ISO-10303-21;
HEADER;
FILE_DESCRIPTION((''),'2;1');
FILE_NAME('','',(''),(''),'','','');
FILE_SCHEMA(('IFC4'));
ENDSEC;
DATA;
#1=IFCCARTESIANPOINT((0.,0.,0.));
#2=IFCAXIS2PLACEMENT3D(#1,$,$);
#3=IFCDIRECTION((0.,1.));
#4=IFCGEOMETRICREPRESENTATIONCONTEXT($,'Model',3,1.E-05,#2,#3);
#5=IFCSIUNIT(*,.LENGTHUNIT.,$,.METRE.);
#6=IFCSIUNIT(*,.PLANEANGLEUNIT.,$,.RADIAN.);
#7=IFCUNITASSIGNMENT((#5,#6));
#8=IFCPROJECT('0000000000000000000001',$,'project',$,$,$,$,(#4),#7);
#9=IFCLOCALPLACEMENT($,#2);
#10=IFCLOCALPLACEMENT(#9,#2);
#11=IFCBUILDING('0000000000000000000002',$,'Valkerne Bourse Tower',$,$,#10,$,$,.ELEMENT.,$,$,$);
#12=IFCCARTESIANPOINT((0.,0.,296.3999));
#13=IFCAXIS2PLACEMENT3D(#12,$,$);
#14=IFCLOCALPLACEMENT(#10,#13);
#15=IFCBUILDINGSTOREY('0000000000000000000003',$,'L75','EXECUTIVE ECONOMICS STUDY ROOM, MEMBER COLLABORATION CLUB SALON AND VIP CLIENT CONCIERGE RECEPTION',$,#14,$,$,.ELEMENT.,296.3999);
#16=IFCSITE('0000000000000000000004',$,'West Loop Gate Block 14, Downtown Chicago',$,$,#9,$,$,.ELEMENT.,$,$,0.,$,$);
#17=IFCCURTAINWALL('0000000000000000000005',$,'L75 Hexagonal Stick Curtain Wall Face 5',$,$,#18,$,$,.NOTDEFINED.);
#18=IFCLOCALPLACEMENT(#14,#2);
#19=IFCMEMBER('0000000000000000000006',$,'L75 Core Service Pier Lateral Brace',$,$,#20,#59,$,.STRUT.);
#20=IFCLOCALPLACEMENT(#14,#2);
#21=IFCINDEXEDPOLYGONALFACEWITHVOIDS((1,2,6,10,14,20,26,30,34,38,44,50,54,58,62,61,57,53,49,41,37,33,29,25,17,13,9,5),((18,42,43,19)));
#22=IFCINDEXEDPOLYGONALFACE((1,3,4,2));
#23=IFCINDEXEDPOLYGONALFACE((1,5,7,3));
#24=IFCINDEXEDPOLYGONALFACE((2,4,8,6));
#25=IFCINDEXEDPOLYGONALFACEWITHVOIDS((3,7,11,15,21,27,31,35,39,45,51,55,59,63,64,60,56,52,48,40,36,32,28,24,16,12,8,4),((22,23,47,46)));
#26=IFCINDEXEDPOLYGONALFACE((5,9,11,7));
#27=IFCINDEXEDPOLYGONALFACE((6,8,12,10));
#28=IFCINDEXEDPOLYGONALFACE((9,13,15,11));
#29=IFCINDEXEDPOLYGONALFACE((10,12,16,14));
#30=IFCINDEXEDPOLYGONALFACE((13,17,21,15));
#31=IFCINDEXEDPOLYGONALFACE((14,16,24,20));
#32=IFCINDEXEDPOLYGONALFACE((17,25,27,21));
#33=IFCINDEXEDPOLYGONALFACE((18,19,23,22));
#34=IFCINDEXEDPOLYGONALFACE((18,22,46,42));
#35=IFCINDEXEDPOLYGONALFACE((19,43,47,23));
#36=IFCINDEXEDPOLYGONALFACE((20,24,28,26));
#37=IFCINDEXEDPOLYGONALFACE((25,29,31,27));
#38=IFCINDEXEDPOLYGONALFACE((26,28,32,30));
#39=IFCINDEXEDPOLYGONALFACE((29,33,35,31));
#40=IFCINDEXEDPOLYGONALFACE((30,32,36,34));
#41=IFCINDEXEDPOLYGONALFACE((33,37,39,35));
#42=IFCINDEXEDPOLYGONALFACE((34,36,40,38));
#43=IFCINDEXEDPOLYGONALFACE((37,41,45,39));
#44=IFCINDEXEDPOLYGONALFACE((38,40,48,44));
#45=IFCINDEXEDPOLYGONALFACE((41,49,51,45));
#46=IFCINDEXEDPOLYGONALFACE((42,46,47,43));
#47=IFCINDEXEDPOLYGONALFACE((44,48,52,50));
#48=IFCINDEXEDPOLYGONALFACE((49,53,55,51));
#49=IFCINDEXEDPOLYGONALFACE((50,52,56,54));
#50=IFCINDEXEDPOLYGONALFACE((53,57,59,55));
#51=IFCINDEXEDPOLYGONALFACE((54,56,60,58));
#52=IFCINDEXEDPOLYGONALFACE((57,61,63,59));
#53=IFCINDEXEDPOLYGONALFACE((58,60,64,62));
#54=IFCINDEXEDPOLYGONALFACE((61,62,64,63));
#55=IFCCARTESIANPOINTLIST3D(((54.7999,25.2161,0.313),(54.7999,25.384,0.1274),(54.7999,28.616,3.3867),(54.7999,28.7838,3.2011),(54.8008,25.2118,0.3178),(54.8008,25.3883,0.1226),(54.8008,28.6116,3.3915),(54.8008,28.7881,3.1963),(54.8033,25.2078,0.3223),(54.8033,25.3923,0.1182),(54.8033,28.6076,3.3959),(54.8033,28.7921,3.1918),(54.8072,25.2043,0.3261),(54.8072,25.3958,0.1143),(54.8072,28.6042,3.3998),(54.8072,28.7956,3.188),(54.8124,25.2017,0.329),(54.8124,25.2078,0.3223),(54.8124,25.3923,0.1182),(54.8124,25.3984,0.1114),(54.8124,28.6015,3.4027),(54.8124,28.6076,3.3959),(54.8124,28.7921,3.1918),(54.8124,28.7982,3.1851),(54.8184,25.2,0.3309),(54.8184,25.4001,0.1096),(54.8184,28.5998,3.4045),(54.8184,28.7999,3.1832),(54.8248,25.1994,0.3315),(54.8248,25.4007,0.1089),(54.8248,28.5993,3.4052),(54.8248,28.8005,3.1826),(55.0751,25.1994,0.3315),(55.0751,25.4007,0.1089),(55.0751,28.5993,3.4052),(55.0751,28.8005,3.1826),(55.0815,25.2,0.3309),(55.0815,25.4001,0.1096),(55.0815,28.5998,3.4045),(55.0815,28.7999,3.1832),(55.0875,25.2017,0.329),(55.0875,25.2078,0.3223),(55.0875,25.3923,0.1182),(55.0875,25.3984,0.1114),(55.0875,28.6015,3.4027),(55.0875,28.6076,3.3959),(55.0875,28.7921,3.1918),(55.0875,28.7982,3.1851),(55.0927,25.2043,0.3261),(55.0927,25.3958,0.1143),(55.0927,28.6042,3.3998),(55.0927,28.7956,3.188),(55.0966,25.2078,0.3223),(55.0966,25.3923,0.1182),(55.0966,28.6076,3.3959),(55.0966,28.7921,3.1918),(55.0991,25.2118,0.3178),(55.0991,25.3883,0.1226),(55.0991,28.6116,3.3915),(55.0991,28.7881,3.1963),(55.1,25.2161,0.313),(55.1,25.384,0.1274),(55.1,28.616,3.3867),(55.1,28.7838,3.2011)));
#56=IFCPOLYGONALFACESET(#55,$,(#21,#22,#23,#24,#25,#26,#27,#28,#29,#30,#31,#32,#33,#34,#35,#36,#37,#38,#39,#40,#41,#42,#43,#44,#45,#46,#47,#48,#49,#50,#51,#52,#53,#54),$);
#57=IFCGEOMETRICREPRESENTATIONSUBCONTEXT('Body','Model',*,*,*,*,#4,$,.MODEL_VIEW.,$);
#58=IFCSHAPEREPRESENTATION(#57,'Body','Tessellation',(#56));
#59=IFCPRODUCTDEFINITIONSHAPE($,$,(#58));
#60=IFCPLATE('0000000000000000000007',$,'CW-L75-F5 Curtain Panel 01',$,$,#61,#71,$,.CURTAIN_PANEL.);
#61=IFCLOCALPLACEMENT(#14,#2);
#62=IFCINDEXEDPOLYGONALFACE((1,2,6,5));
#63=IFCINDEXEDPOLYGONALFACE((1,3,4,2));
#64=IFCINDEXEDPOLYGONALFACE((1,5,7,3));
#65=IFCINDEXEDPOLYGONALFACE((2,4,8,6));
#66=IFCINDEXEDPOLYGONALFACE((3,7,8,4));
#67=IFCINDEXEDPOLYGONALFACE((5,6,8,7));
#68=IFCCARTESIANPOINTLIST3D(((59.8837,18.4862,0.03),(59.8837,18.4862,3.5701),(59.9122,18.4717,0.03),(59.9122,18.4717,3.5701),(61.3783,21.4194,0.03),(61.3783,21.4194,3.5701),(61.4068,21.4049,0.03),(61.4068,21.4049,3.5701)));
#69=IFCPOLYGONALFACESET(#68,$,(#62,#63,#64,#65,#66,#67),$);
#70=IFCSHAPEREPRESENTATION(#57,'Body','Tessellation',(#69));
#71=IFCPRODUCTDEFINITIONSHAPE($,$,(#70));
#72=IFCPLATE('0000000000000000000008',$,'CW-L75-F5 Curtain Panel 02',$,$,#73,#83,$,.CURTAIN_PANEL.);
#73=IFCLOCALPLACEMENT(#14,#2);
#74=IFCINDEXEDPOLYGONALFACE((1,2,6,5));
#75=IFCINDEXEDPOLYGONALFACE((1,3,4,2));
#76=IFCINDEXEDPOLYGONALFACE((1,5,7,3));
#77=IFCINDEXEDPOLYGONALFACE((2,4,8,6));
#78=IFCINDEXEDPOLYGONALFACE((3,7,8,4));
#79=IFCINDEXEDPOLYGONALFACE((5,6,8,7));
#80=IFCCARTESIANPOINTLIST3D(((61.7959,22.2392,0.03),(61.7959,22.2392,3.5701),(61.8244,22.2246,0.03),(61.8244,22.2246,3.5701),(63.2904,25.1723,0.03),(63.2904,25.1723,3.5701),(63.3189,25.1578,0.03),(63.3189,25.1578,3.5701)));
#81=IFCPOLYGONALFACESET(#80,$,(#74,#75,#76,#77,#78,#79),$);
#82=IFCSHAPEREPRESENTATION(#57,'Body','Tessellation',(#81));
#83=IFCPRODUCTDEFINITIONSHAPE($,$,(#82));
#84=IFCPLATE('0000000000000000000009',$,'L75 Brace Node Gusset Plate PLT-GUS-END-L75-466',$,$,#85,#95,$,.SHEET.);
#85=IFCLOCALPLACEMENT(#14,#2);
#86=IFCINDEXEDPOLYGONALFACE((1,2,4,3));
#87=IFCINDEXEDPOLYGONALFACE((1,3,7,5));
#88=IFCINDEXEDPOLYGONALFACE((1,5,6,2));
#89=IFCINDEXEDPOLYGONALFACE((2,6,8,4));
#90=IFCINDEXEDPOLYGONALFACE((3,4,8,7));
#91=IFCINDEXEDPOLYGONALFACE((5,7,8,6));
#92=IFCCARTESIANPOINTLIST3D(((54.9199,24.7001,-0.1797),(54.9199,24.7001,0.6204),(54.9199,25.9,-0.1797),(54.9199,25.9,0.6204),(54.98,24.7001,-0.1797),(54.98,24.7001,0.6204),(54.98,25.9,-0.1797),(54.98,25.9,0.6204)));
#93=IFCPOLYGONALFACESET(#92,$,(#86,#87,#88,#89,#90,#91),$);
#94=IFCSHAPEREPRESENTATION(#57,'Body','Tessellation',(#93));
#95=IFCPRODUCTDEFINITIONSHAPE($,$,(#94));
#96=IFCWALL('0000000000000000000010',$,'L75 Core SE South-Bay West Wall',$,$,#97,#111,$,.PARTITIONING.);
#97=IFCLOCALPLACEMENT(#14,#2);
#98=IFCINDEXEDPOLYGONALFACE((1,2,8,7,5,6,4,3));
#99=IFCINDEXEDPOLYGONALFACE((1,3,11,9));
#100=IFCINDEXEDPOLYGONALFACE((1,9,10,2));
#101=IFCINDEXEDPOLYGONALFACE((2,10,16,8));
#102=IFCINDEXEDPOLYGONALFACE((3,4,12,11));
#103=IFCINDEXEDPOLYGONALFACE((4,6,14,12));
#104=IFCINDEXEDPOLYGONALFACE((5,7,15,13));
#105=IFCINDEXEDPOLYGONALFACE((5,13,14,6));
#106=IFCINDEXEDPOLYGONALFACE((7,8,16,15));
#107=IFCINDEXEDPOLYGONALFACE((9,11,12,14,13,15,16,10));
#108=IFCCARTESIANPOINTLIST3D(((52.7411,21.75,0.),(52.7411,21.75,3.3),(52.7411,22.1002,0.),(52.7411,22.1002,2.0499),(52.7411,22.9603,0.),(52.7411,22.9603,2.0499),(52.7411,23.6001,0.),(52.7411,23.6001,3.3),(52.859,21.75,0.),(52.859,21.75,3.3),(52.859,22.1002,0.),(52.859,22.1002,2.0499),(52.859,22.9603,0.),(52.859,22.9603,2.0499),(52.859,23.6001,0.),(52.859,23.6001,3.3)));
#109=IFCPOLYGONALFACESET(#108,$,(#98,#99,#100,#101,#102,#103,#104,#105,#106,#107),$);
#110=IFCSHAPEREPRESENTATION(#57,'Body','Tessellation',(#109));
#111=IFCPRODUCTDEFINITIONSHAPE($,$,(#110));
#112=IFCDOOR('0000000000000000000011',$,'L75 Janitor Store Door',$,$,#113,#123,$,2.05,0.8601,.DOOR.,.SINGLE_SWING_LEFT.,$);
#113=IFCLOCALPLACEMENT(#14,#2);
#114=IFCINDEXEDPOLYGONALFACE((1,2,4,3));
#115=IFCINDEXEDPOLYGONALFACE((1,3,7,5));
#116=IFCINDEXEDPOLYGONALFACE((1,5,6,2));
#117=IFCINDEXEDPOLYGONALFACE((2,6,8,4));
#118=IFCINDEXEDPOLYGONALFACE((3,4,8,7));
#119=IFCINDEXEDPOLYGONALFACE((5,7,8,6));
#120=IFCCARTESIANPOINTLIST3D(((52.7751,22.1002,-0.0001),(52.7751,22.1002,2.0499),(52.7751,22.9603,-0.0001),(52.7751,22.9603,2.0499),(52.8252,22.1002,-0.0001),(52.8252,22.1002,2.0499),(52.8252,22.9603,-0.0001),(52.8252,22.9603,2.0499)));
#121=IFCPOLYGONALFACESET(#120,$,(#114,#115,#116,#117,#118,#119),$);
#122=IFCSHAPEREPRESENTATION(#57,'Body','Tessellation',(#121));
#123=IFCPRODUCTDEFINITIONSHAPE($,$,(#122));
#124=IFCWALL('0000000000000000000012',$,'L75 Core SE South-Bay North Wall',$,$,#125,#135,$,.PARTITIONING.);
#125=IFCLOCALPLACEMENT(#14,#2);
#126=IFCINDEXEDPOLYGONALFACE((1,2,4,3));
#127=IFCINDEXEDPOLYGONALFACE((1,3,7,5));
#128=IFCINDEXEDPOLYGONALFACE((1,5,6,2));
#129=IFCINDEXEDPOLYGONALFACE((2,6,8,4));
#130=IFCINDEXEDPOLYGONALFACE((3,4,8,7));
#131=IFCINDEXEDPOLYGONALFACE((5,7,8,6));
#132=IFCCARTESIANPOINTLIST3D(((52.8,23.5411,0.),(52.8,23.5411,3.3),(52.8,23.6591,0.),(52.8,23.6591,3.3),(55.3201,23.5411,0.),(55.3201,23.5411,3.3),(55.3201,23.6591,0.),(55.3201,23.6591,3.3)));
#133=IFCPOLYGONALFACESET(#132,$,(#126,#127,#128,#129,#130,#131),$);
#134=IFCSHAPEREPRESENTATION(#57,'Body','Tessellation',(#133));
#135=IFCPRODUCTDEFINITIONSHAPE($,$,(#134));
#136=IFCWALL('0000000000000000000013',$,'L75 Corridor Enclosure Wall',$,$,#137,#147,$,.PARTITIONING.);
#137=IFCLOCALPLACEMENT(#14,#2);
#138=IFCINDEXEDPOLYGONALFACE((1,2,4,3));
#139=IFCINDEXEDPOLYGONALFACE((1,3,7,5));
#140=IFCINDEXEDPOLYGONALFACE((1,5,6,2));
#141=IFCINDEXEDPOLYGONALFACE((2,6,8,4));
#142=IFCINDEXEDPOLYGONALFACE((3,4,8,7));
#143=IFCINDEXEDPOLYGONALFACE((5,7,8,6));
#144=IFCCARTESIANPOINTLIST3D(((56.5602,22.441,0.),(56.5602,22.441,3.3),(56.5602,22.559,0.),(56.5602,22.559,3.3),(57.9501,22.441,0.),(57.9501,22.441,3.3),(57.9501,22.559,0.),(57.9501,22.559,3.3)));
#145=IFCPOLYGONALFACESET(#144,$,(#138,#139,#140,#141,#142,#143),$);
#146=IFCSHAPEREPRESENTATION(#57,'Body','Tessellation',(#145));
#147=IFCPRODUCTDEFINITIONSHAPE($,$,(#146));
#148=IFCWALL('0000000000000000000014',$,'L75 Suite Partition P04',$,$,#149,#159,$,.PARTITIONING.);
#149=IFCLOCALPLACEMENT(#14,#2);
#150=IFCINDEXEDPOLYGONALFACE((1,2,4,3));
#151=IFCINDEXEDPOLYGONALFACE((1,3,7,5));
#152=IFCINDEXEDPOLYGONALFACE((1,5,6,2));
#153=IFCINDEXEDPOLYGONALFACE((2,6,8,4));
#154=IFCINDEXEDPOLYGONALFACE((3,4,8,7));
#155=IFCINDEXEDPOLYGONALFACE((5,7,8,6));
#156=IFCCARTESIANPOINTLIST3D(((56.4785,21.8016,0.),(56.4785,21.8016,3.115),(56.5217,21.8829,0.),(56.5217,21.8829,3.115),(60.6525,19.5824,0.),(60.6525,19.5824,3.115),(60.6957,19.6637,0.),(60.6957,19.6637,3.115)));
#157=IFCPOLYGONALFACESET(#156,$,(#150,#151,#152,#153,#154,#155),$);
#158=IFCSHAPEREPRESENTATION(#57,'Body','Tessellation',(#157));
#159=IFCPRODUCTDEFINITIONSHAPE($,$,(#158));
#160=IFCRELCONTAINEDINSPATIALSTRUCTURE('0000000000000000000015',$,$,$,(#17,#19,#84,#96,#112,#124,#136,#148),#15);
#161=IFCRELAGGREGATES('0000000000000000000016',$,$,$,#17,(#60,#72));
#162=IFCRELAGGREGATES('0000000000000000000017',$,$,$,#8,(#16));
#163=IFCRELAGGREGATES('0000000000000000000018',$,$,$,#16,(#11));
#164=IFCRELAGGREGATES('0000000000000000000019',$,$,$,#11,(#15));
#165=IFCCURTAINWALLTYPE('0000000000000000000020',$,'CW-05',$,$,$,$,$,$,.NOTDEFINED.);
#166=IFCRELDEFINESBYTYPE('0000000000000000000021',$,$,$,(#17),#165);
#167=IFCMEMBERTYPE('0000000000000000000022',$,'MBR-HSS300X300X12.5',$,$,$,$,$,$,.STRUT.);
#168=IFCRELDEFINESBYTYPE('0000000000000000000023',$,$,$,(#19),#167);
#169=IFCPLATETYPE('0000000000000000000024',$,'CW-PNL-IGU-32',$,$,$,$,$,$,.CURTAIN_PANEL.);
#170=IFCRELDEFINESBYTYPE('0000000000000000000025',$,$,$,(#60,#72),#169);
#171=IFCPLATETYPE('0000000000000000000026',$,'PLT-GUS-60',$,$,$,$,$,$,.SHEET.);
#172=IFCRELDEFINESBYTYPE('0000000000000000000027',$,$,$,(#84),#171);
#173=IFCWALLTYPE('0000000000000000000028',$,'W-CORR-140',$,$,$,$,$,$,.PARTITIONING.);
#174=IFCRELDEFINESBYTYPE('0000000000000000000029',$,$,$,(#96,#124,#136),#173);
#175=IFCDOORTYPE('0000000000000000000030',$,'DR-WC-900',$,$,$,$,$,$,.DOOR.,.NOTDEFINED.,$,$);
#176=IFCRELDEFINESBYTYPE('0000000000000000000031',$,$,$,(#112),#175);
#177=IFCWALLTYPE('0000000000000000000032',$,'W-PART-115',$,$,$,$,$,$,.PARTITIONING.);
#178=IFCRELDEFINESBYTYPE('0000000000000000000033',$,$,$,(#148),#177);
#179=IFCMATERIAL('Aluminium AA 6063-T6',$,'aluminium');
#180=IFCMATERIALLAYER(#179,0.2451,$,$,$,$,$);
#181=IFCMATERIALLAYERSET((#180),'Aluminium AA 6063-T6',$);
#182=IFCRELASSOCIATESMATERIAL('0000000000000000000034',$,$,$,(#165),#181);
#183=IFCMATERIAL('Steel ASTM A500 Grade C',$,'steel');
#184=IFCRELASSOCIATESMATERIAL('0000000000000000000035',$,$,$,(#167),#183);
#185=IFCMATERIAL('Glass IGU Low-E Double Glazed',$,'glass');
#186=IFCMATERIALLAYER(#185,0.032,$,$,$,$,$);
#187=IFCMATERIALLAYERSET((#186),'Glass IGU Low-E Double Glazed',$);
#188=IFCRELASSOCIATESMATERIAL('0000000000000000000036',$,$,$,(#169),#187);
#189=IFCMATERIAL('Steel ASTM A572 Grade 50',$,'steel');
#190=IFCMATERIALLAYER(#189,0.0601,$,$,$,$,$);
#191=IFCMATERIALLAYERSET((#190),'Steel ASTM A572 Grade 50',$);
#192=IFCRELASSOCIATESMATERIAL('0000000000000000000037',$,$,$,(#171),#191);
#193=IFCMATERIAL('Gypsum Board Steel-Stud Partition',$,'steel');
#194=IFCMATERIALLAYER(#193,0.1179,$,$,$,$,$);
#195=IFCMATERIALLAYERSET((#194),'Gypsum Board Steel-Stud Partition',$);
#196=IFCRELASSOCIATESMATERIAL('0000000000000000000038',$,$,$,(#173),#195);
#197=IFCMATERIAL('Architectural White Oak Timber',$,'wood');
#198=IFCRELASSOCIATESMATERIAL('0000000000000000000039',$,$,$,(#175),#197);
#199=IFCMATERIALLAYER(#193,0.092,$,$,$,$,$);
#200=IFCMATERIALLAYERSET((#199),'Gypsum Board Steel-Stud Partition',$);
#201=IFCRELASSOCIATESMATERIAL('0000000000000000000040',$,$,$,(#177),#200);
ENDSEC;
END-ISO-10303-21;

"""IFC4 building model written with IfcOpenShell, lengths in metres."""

from ifc_helpers import new_model, si_unit, direction, frame, frame_2d, origin, origin_2d, place, context, subcontext, project, spatial, rectangle, hollow_rectangle, extrude, material, layer, layer_set, material_profile, profile_set, type_object, element, fill, aggregate, save


model = new_model("IFC4")

# Units and contexts
model_context = context("Model", 3, precision=1e-05, world=origin(), true_north=direction((0.0, 1.0)))
body_context = subcontext(model_context, "Body", "Model", "MODEL_VIEW")
ifc_project = project(units=[si_unit("LENGTHUNIT", "METRE"), si_unit("PLANEANGLEUNIT", "RADIAN")], contexts=[model_context])

# Site, building, storey
site_placement = place(None, origin())
site = spatial("IfcSite", under=ifc_project, at=site_placement, Name="West Loop Gate Block 14, Downtown Chicago", CompositionType="ELEMENT", RefElevation=0.0)
building_placement = place(site_placement, origin())
building = spatial("IfcBuilding", under=site, at=building_placement, Name="Valkerne Bourse Tower", CompositionType="ELEMENT")
storey_placement = place(building_placement, frame((0.0, 0.0, 296.3999)))
storey = spatial("IfcBuildingStorey", under=building, at=storey_placement, Name="L75", Description="EXECUTIVE ECONOMICS STUDY ROOM, MEMBER COLLABORATION CLUB SALON AND VIP CLIENT CONCIERGE RECEPTION", CompositionType="ELEMENT", Elevation=296.3999)

# Shared definitions
ifc_material_1 = material(Name="Steel ASTM A500 Grade C", Category="steel")

# Curtain wall
ifc_material_2 = material(Name="Aluminium AA 6063-T6", Category="aluminium")
ifc_layer_1 = layer(ifc_material_2, 0.2451)
ifc_layer_set_1 = layer_set([ifc_layer_1], Name="Aluminium AA 6063-T6")
curtain_wall_type = type_object("IfcCurtainWallType", Name="CW-05", PredefinedType="NOTDEFINED", material=ifc_layer_set_1)
curtain_wall_placement = place(storey_placement, origin())
curtain_wall = element("IfcCurtainWall", 1, at=curtain_wall_placement, inside=storey, type_object=curtain_wall_type, Name="L75 Hexagonal Stick Curtain Wall Face 5", PredefinedType="NOTDEFINED")

# Member
ifc_material_profile_1 = material_profile(ifc_material_1, hollow_rectangle(XDim=0.3, YDim=0.3, WallThickness=0.0125, OuterFilletRadius=0.0249, at=origin_2d()), Name="HSS300X300X12.5")
ifc_profile_set_1 = profile_set([ifc_material_profile_1], Name="Steel ASTM A500 Grade C")
member_type_1 = type_object("IfcMemberType", Name="MBR-HSS300X300X12.5", PredefinedType="STRUT", material=ifc_profile_set_1)
member_1_placement = place(storey_placement, frame((54.95, 25.3, 0.2202), z_axis=(0.0, 0.741793, 0.670629), x_axis=(-1.0, 0.0, 0.0)))
element("IfcMember", 2, at=member_1_placement, inside=storey, type_object=member_type_1, Name="L75 Core Service Pier Lateral Brace", PredefinedType="STRUT", context=body_context, shape_type="SweptSolid", body=[
    extrude(hollow_rectangle(XDim=0.3, YDim=0.3, WallThickness=0.0125, OuterFilletRadius=0.0249, at=origin_2d()), origin(), (0.0, 0.0, 1.0), 4.5833),
])

# Plates
ifc_material_3 = material(Name="Glass IGU Low-E Double Glazed", Category="glass")
ifc_layer_2 = layer(ifc_material_3, 0.032)
ifc_layer_set_2 = layer_set([ifc_layer_2], Name="Glass IGU Low-E Double Glazed")
plate_type_1 = type_object("IfcPlateType", Name="CW-PNL-IGU-32", PredefinedType="CURTAIN_PANEL", material=ifc_layer_set_2)
plate_1_placement = place(storey_placement, frame((60.6453, 19.9456, 0.03), z_axis=(0.0, 0.0, 1.0), x_axis=(0.453991, 0.891006, 0.0)))
plate_1 = element("IfcPlate", 3, at=plate_1_placement, type_object=plate_type_1, Name="CW-L75-F5 Curtain Panel 01", PredefinedType="CURTAIN_PANEL", context=body_context, shape_type="SweptSolid", body=[
    extrude(rectangle(XDim=3.292, YDim=0.032, at=origin_2d()), origin(), (0.0, 0.0, 1.0), 3.54),
])
plate_2_placement = place(storey_placement, frame((62.5574, 23.6985, 0.03), z_axis=(0.0, 0.0, 1.0), x_axis=(0.453991, 0.891006, 0.0)))
plate_2 = element("IfcPlate", 4, at=plate_2_placement, type_object=plate_type_1, Name="CW-L75-F5 Curtain Panel 02", PredefinedType="CURTAIN_PANEL", context=body_context, shape_type="SweptSolid", body=[
    extrude(rectangle(XDim=3.292, YDim=0.032, at=origin_2d()), origin(), (0.0, 0.0, 1.0), 3.54),
])
aggregate(curtain_wall, [plate_1, plate_2])
ifc_material_4 = material(Name="Steel ASTM A572 Grade 50", Category="steel")
ifc_layer_3 = layer(ifc_material_4, 0.0601)
ifc_layer_set_3 = layer_set([ifc_layer_3], Name="Steel ASTM A572 Grade 50")
plate_type_2 = type_object("IfcPlateType", Name="PLT-GUS-60", PredefinedType="SHEET", material=ifc_layer_set_3)
plate_3_placement = place(storey_placement, frame((54.95, 25.3, -0.1797), z_axis=(0.0, 0.0, 1.0), x_axis=(0.0, 1.0, 0.0)))
element("IfcPlate", 5, at=plate_3_placement, inside=storey, type_object=plate_type_2, Name="L75 Brace Node Gusset Plate PLT-GUS-END-L75-466", PredefinedType="SHEET", context=body_context, shape_type="SweptSolid", body=[
    extrude(rectangle(XDim=1.2, YDim=0.0601, at=origin_2d()), origin(), (0.0, 0.0, 1.0), 0.8),
])

# Wall, opening, door
ifc_material_5 = material(Name="Gypsum Board Steel-Stud Partition", Category="steel")
ifc_layer_4 = layer(ifc_material_5, 0.1179)
ifc_layer_set_4 = layer_set([ifc_layer_4], Name="Gypsum Board Steel-Stud Partition")
wall_type_1 = type_object("IfcWallType", Name="W-CORR-140", PredefinedType="PARTITIONING", material=ifc_layer_set_4)
wall_1_placement = place(storey_placement, frame((52.8, 21.75, 0.0), z_axis=(0.0, 0.0, 1.0), x_axis=(0.0, 1.0, 0.0)))
wall_1 = element("IfcWall", 6, at=wall_1_placement, inside=storey, type_object=wall_type_1, Name="L75 Core SE South-Bay West Wall", PredefinedType="PARTITIONING", context=body_context, shape_type="SweptSolid", body=[
    extrude(rectangle(XDim=1.8501, YDim=0.1179, at=frame_2d((0.925, 0.0))), origin(), (0.0, 0.0, 1.0), 3.3),
])
opening_1_placement = place(wall_1_placement, frame((0.3501, 0.0, 0.0)))
opening_1 = element("IfcOpeningElement", 7, at=opening_1_placement, cuts=wall_1, PredefinedType="OPENING", context=body_context, shape_type="SweptSolid", body=[
    extrude(rectangle(XDim=0.8601, YDim=2.05, at=frame_2d((0.4302, 1.0249))), frame((0.0, 0.0688, 0.0), z_axis=(0.0, -1.0, 0.0), x_axis=(1.0, 0.0, 0.0)), (0.0, 0.0, 1.0), 0.1379),
])
ifc_material_6 = material(Name="Architectural White Oak Timber", Category="wood")
door_type_1 = type_object("IfcDoorType", Name="DR-WC-900", OperationType="NOTDEFINED", PredefinedType="DOOR", material=ifc_material_6)
door_1_placement = place(opening_1_placement, origin())
door_1 = element("IfcDoor", 8, at=door_1_placement, inside=storey, type_object=door_type_1, Name="L75 Janitor Store Door", OperationType="SINGLE_SWING_LEFT", OverallHeight=2.05, OverallWidth=0.8601, PredefinedType="DOOR", context=body_context, shape_type="SweptSolid", body=[
    extrude(rectangle(XDim=0.8601, YDim=2.05, at=frame_2d((0.4302, 1.0249))), frame((0.0, 0.0249, 0.0), z_axis=(0.0, -1.0, 0.0), x_axis=(1.0, 0.0, 0.0)), (0.0, 0.0, 1.0), 0.05),
])
fill(opening_1, door_1)

# Walls
wall_2_placement = place(storey_placement, frame((52.8, 23.6001, 0.0), z_axis=(0.0, 0.0, 1.0), x_axis=(1.0, 0.0, 0.0)))
element("IfcWall", 9, at=wall_2_placement, inside=storey, type_object=wall_type_1, Name="L75 Core SE South-Bay North Wall", PredefinedType="PARTITIONING", context=body_context, shape_type="SweptSolid", body=[
    extrude(rectangle(XDim=2.52, YDim=0.1179, at=frame_2d((1.26, 0.0))), origin(), (0.0, 0.0, 1.0), 3.3),
])
wall_3_placement = place(storey_placement, frame((57.95, 22.5, 0.0), z_axis=(0.0, 0.0, 1.0), x_axis=(-1.0, 0.0, 0.0)))
element("IfcWall", 10, at=wall_3_placement, inside=storey, type_object=wall_type_1, Name="L75 Corridor Enclosure Wall", PredefinedType="PARTITIONING", context=body_context, shape_type="SweptSolid", body=[
    extrude(rectangle(XDim=1.3899, YDim=0.1179, at=frame_2d((0.6948, 0.0))), origin(), (0.0, 0.0, 1.0), 3.3),
])

# Wall
ifc_layer_5 = layer(ifc_material_5, 0.092)
ifc_layer_set_5 = layer_set([ifc_layer_5], Name="Gypsum Board Steel-Stud Partition")
wall_type_2 = type_object("IfcWallType", Name="W-PART-115", PredefinedType="PARTITIONING", material=ifc_layer_set_5)
wall_4_placement = place(storey_placement, frame((56.5, 21.8423, 0.0), z_axis=(0.0, 0.0, 1.0), x_axis=(0.882961, -0.469446, 0.0)))
element("IfcWall", 11, at=wall_4_placement, inside=storey, type_object=wall_type_2, Name="L75 Suite Partition P04", PredefinedType="PARTITIONING", context=body_context, shape_type="SweptSolid", body=[
    extrude(rectangle(XDim=4.7273, YDim=0.092, at=frame_2d((2.3638, 0.0))), origin(), (0.0, 0.0, 1.0), 3.115),
])

save(model, "model.ifc")
